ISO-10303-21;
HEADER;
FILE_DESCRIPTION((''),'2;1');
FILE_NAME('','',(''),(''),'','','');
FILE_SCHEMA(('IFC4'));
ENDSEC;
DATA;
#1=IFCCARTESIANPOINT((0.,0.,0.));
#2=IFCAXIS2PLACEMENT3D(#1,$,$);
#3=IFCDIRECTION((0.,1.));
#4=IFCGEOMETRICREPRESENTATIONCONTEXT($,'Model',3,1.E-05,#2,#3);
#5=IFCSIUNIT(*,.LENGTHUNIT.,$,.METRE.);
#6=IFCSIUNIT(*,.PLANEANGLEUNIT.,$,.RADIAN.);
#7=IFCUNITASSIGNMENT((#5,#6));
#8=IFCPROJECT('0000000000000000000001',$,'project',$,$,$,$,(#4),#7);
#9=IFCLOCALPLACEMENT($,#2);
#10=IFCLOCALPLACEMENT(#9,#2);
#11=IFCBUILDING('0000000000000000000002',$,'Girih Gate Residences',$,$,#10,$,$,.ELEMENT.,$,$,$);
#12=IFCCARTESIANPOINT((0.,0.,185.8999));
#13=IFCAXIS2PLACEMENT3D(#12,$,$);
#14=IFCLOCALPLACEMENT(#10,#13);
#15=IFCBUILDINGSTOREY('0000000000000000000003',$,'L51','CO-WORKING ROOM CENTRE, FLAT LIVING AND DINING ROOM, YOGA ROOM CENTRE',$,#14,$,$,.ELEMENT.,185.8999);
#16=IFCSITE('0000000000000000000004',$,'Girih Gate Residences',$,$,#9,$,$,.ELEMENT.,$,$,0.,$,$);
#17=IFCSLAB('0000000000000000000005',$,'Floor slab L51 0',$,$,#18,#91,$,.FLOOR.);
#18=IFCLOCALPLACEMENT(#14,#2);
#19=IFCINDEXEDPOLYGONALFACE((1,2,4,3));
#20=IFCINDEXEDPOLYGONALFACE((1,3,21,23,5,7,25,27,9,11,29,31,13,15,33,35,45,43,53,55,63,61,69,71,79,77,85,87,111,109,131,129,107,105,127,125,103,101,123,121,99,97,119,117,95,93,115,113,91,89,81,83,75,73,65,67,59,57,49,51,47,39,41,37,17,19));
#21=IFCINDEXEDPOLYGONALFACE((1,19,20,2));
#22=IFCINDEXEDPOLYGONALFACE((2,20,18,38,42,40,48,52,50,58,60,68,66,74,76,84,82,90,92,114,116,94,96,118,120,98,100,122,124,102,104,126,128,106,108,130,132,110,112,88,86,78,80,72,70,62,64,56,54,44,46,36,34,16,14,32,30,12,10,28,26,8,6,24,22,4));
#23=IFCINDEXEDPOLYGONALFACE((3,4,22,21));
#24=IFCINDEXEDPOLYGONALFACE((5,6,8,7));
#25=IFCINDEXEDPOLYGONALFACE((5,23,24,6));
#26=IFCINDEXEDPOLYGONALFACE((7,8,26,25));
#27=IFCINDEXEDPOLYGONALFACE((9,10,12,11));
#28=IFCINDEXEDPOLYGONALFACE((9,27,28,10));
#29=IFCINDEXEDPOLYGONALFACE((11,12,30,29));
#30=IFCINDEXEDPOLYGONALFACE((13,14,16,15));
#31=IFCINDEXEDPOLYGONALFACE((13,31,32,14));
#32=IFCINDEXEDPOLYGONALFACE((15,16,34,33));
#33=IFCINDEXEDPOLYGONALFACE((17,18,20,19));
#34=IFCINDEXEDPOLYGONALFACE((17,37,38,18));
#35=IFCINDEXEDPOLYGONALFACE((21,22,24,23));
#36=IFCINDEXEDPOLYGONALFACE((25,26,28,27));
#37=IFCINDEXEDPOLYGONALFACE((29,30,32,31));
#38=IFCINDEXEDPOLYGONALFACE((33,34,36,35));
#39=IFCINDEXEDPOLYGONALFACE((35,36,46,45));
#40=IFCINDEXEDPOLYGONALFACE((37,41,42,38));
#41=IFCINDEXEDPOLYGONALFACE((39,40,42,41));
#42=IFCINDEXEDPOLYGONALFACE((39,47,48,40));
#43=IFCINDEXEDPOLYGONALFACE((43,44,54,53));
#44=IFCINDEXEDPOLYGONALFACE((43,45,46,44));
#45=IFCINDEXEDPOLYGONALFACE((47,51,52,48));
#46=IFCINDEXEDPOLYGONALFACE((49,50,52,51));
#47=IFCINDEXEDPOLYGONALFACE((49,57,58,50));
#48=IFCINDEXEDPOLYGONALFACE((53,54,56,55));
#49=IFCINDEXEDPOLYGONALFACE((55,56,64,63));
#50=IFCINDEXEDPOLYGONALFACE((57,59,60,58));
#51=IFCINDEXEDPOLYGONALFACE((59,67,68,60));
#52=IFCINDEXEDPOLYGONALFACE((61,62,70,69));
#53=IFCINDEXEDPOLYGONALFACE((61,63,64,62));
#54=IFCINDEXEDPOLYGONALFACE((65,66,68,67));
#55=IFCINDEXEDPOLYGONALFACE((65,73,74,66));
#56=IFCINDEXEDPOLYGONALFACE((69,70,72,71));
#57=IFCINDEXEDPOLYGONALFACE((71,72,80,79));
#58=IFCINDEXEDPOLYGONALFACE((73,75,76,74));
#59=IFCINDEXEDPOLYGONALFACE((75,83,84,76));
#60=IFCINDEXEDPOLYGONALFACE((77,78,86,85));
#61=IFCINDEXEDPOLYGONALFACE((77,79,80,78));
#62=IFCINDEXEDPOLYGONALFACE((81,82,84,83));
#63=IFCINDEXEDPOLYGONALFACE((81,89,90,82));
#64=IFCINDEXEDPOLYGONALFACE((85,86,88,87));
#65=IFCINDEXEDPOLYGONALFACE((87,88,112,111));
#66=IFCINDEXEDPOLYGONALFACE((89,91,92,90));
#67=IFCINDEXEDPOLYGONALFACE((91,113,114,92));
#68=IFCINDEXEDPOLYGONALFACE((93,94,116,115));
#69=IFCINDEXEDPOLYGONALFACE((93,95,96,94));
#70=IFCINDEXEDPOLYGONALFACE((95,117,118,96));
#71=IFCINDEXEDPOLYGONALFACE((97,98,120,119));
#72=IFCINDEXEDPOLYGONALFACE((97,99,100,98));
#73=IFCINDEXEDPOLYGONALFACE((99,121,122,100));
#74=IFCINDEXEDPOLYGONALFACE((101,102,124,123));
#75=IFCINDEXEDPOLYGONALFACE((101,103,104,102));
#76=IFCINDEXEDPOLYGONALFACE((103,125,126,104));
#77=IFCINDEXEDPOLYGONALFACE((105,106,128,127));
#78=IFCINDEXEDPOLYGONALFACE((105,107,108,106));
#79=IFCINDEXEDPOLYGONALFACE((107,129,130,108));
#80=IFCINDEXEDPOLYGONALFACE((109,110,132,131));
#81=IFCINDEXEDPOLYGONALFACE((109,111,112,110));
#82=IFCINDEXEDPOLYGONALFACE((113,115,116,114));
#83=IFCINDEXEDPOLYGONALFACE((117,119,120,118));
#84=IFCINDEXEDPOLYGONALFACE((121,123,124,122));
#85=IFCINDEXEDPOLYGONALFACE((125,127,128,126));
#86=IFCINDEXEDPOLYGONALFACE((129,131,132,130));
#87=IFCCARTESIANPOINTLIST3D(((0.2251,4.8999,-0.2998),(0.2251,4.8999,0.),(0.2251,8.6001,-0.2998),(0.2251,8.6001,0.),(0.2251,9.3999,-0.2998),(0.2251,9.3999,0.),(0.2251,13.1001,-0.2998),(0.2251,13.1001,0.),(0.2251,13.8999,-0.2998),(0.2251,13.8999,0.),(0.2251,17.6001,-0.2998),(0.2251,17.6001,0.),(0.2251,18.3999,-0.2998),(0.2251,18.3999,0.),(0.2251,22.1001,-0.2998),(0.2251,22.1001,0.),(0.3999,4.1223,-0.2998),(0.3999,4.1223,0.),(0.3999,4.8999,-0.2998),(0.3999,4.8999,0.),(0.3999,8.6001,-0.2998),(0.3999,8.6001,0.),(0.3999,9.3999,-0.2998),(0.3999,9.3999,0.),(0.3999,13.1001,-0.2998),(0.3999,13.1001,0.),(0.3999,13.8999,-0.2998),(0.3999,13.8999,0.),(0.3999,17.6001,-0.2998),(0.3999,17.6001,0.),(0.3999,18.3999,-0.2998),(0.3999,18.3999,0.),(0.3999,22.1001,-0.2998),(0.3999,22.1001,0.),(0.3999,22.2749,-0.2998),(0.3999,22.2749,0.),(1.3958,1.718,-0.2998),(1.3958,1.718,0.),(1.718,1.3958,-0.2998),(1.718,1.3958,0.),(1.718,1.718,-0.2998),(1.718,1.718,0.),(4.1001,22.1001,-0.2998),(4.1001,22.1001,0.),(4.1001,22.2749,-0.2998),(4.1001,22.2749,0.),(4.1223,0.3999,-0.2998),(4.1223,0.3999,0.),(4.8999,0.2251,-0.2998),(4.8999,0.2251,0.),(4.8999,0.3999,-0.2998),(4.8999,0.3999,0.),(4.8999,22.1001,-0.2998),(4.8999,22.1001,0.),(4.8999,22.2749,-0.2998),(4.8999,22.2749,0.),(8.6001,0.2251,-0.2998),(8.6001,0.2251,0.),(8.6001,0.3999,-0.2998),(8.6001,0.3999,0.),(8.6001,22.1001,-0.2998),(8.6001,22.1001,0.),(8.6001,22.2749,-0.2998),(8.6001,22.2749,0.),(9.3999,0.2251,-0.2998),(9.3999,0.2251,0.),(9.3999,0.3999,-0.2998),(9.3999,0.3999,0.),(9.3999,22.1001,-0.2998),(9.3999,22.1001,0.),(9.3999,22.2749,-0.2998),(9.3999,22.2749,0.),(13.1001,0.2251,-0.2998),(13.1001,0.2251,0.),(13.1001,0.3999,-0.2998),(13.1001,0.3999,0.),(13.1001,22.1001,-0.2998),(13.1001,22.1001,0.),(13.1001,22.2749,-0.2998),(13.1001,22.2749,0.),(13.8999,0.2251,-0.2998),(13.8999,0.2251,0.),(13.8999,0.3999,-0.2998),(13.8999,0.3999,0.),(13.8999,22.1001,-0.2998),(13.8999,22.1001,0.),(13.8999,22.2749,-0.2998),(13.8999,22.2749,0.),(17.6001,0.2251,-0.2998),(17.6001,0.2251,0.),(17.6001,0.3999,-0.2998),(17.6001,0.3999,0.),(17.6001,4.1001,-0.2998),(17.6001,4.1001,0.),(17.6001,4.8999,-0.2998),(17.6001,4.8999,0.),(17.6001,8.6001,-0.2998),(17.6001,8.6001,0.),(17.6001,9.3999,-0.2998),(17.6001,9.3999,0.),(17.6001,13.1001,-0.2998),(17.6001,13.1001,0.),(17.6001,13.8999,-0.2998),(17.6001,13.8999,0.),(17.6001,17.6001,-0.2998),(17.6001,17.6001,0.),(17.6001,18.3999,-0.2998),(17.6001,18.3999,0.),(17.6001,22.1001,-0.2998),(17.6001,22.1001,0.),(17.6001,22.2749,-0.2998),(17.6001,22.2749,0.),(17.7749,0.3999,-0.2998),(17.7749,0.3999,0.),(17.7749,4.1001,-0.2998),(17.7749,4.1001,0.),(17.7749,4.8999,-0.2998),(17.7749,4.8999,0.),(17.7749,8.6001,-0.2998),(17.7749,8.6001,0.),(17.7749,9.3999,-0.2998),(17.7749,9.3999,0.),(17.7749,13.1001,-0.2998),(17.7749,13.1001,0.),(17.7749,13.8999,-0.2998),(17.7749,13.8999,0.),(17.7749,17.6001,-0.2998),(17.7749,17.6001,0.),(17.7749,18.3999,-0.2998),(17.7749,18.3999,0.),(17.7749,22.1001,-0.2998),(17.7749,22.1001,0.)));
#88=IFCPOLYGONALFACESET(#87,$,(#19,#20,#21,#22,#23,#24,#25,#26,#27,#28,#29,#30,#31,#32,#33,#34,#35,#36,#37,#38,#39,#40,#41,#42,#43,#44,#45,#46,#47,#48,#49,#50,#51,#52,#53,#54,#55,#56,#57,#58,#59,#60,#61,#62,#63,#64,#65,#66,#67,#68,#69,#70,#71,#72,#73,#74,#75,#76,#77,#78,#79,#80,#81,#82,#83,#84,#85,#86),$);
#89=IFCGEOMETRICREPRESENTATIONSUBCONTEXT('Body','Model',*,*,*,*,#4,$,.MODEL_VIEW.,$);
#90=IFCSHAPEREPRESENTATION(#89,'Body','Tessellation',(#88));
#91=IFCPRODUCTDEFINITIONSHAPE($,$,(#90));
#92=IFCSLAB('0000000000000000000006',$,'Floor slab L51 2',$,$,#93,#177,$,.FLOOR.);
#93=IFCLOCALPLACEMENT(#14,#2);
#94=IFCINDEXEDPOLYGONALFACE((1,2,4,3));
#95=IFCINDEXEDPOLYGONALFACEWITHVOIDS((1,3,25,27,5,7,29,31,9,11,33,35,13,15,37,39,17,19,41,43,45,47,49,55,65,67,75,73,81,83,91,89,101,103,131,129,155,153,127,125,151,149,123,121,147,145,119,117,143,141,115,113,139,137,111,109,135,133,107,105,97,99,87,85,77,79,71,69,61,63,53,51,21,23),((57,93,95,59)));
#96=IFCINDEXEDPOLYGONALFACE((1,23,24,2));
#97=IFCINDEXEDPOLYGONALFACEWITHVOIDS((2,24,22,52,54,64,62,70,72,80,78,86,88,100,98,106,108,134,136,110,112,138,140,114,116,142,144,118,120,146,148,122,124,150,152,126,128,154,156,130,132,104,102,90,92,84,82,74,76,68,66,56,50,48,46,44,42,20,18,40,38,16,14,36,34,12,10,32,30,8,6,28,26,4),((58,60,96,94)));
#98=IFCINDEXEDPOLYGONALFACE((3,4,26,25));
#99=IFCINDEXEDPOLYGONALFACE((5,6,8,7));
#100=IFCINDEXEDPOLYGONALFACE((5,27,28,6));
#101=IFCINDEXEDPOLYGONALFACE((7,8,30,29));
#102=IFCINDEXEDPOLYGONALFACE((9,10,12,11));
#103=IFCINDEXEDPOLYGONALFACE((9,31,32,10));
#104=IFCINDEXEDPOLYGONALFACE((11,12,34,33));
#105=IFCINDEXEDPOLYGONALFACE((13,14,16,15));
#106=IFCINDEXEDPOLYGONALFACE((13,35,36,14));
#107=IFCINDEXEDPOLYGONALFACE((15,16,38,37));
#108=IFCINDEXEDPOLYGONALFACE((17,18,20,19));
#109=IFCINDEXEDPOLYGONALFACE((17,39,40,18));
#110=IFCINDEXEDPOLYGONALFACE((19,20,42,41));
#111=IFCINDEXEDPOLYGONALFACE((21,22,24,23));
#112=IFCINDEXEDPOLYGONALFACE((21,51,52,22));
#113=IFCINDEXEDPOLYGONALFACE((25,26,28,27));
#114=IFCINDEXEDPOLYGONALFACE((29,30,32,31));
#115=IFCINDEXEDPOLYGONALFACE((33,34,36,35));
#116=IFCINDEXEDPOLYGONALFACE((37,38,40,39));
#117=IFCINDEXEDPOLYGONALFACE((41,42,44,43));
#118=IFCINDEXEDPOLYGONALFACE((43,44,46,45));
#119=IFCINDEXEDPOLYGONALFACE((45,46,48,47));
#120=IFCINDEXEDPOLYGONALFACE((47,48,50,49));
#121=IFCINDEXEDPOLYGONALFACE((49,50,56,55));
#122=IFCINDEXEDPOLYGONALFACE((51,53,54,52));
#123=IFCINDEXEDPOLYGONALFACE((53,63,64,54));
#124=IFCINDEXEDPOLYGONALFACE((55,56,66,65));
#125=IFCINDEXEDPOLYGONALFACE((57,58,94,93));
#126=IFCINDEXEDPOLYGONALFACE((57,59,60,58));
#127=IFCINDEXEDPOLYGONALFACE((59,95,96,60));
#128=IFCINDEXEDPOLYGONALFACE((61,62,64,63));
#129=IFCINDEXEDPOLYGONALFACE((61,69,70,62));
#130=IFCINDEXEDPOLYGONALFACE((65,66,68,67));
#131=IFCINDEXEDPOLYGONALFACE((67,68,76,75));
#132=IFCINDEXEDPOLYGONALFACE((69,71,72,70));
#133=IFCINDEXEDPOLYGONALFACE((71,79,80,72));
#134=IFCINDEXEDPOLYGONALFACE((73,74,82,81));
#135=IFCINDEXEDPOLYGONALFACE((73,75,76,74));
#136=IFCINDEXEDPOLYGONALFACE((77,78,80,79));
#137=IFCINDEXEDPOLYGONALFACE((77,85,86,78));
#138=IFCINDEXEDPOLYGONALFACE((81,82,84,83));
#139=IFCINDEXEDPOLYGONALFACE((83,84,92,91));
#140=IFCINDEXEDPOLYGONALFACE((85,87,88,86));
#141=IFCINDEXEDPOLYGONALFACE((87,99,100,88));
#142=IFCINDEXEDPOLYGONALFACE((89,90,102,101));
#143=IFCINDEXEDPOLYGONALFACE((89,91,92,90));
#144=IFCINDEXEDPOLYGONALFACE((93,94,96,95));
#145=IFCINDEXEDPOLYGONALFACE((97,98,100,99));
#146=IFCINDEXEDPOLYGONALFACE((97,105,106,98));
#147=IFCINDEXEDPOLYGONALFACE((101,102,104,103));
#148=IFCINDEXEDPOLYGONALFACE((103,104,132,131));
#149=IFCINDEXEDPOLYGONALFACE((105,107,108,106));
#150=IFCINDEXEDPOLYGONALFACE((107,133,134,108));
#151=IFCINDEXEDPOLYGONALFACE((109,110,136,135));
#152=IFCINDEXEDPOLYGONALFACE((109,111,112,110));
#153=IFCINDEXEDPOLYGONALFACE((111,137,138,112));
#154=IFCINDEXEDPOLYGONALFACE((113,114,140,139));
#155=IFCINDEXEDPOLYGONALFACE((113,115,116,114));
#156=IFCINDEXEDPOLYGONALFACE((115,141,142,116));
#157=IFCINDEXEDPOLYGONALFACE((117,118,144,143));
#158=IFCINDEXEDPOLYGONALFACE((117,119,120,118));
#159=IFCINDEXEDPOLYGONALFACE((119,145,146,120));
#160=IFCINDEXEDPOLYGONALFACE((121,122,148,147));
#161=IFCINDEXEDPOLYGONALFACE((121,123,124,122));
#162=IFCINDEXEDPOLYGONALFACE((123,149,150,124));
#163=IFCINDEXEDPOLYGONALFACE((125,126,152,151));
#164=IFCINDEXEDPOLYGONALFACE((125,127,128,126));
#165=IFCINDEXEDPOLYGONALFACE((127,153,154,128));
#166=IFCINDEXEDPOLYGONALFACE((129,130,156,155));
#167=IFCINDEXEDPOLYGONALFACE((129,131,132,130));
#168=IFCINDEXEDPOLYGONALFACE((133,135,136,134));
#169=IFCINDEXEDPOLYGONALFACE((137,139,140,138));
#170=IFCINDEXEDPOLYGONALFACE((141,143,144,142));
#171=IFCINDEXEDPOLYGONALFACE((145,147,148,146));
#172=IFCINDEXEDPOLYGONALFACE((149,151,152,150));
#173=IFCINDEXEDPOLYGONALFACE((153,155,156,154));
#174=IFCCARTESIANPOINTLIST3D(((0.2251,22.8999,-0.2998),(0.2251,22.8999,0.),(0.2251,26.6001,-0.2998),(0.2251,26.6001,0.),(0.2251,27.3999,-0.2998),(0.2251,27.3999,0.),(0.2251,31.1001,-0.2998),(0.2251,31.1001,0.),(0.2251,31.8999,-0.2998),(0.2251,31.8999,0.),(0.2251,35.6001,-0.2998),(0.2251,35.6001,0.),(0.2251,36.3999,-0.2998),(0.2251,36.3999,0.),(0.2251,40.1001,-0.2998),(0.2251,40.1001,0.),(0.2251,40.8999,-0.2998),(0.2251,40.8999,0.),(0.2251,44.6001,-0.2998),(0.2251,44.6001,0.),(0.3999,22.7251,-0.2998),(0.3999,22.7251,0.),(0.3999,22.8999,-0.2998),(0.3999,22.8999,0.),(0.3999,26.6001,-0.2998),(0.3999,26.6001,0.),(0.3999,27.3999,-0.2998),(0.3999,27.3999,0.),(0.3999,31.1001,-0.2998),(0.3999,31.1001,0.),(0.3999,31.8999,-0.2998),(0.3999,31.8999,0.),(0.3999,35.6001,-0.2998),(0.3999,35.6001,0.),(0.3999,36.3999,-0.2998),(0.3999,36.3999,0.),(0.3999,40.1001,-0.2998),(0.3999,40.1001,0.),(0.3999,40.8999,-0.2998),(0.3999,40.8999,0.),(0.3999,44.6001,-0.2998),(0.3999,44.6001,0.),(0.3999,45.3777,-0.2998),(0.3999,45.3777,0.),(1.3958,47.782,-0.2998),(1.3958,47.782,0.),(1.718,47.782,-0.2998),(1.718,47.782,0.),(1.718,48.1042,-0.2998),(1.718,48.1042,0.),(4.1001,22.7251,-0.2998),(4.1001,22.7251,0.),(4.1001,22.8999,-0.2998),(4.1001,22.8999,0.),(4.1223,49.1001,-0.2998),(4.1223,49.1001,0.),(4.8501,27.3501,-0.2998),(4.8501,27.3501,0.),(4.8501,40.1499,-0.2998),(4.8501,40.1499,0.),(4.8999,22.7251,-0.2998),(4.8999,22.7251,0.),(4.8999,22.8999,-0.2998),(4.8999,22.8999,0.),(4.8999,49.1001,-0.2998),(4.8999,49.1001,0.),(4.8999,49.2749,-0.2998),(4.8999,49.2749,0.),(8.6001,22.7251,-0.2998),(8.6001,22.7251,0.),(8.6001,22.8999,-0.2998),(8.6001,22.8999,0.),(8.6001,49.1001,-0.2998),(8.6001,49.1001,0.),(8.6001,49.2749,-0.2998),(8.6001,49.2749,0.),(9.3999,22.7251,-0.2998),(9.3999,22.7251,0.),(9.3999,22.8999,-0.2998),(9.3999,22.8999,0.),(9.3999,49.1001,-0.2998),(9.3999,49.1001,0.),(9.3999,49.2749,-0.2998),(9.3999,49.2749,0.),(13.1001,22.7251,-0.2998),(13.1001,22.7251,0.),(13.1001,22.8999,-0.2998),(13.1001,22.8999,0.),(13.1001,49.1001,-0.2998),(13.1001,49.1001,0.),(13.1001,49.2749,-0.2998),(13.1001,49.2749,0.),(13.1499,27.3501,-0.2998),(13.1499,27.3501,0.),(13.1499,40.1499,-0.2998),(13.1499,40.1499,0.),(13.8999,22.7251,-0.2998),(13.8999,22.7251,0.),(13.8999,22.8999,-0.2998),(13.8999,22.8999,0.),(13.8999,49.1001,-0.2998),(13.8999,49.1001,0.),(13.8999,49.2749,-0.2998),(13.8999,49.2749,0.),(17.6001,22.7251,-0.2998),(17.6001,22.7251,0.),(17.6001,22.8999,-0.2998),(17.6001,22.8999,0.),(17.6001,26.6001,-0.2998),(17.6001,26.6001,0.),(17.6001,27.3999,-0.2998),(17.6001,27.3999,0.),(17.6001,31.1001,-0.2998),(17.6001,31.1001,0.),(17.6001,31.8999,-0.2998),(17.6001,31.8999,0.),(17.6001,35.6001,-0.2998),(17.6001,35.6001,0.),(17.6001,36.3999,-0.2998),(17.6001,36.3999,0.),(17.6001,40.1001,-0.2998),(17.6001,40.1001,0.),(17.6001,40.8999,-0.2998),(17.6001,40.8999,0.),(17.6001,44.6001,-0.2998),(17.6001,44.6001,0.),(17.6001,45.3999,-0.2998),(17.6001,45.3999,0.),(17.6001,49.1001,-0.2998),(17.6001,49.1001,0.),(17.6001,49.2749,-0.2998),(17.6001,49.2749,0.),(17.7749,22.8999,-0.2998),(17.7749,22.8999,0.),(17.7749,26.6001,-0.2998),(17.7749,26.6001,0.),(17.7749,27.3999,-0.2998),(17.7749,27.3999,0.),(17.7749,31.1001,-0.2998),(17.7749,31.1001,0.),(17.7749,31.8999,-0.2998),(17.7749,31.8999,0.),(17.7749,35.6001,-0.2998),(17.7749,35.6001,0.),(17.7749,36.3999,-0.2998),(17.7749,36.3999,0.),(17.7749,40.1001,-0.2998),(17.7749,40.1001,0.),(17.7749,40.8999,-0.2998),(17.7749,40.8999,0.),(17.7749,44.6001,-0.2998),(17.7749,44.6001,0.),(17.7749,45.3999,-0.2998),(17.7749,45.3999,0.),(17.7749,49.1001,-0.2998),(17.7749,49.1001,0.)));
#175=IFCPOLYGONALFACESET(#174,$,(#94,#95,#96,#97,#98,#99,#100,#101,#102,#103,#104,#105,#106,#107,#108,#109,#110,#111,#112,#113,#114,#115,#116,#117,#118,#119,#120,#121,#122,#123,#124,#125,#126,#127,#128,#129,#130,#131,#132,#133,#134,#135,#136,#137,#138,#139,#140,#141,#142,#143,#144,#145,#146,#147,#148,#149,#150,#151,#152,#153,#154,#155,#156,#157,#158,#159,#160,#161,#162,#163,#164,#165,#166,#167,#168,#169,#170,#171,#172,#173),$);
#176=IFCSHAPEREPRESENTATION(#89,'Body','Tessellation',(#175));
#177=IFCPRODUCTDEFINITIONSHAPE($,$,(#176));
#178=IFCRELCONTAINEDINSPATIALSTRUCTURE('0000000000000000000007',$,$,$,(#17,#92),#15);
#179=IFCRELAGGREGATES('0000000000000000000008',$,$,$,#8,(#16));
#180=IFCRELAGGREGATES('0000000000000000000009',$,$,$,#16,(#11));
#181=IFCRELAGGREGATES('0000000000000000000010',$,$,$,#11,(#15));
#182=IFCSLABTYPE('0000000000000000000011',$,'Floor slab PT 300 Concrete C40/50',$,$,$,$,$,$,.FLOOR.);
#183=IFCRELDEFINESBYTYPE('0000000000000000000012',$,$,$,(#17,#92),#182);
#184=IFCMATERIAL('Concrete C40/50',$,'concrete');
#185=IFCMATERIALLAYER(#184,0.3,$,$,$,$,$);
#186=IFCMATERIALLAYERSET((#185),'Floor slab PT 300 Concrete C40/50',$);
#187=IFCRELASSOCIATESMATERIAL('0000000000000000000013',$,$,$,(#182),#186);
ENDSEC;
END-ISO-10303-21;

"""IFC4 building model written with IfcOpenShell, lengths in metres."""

from ifc_helpers import new_model, si_unit, direction, frame, origin, place, context, subcontext, project, spatial, polyline, outline, extrude, material, layer, layer_set, type_object, element, save


model = new_model("IFC4")

# Units and contexts
model_context = context("Model", 3, precision=1e-05, world=origin(), true_north=direction((0.0, 1.0)))
body_context = subcontext(model_context, "Body", "Model", "MODEL_VIEW")
ifc_project = project(units=[si_unit("LENGTHUNIT", "METRE"), si_unit("PLANEANGLEUNIT", "RADIAN")], contexts=[model_context])

# Site, building, storey
site_placement = place(None, origin())
site = spatial("IfcSite", under=ifc_project, at=site_placement, Name="Girih Gate Residences", CompositionType="ELEMENT", RefElevation=0.0)
building_placement = place(site_placement, origin())
building = spatial("IfcBuilding", under=site, at=building_placement, Name="Girih Gate Residences", CompositionType="ELEMENT")
storey_placement = place(building_placement, frame((0.0, 0.0, 185.8999)))
storey = spatial("IfcBuildingStorey", under=building, at=storey_placement, Name="L51", Description="CO-WORKING ROOM CENTRE, FLAT LIVING AND DINING ROOM, YOGA ROOM CENTRE", CompositionType="ELEMENT", Elevation=185.8999)

# Slabs
ifc_material_1 = material(Name="Concrete C40/50", Category="concrete")
ifc_layer_1 = layer(ifc_material_1, 0.3)
ifc_layer_set_1 = layer_set([ifc_layer_1], Name="Floor slab PT 300 Concrete C40/50")
slab_type_1 = type_object("IfcSlabType", Name="Floor slab PT 300 Concrete C40/50", PredefinedType="FLOOR", material=ifc_layer_set_1)
slab_1_placement = place(storey_placement, frame((0.0, 0.0, -0.2998)))
element("IfcSlab", 1, at=slab_1_placement, inside=storey, type_object=slab_type_1, Name="Floor slab L51 0", PredefinedType="FLOOR", context=body_context, shape_type="SweptSolid", body=[
    extrude(outline(polyline([(13.8999, 0.2251), (17.6001, 0.2251), (17.6001, 0.3999), (17.7749, 0.3999), (17.7749, 4.1001), (17.6001, 4.1001), (17.6001, 4.8999), (17.7749, 4.8999), (17.7749, 8.6001), (17.6001, 8.6001), (17.6001, 9.3999), (17.7749, 9.3999), (17.7749, 13.1001), (17.6001, 13.1001), (17.6001, 13.8999), (17.7749, 13.8999), (17.7749, 17.6001), (17.6001, 17.6001), (17.6001, 18.3999), (17.7749, 18.3999), (17.7749, 22.1001), (17.6001, 22.1001), (17.6001, 22.2749), (13.8999, 22.2749), (13.8999, 22.1001), (13.1001, 22.1001), (13.1001, 22.2749), (9.3999, 22.2749), (9.3999, 22.1001), (8.6001, 22.1001), (8.6001, 22.2749), (4.8999, 22.2749), (4.8999, 22.1001), (4.1001, 22.1001), (4.1001, 22.2749), (0.3999, 22.2749), (0.3999, 22.1001), (0.2251, 22.1001), (0.2251, 18.3999), (0.3999, 18.3999), (0.3999, 17.6001), (0.2251, 17.6001), (0.2251, 13.8999), (0.3999, 13.8999), (0.3999, 13.1001), (0.2251, 13.1001), (0.2251, 9.3999), (0.3999, 9.3999), (0.3999, 8.6001), (0.2251, 8.6001), (0.2251, 4.8999), (0.3999, 4.8999), (0.3999, 4.1223), (1.3958, 1.718), (1.718, 1.718), (1.718, 1.3958), (4.1223, 0.3999), (4.8999, 0.3999), (4.8999, 0.2251), (8.6001, 0.2251), (8.6001, 0.3999), (9.3999, 0.3999), (9.3999, 0.2251), (13.1001, 0.2251), (13.1001, 0.3999), (13.8999, 0.3999), (13.8999, 0.2251)])), origin(), (0.0, 0.0, 1.0), 0.2998),
])
slab_2_placement = place(storey_placement, frame((0.0, 0.0, -0.2998)))
element("IfcSlab", 2, at=slab_2_placement, inside=storey, type_object=slab_type_1, Name="Floor slab L51 2", PredefinedType="FLOOR", context=body_context, shape_type="SweptSolid", body=[
    extrude(outline(polyline([(0.2251, 26.6001), (0.2251, 22.8999), (0.3999, 22.8999), (0.3999, 22.7251), (4.1001, 22.7251), (4.1001, 22.8999), (4.8999, 22.8999), (4.8999, 22.7251), (8.6001, 22.7251), (8.6001, 22.8999), (9.3999, 22.8999), (9.3999, 22.7251), (13.1001, 22.7251), (13.1001, 22.8999), (13.8999, 22.8999), (13.8999, 22.7251), (17.6001, 22.7251), (17.6001, 22.8999), (17.7749, 22.8999), (17.7749, 26.6001), (17.6001, 26.6001), (17.6001, 27.3999), (17.7749, 27.3999), (17.7749, 31.1001), (17.6001, 31.1001), (17.6001, 31.8999), (17.7749, 31.8999), (17.7749, 35.6001), (17.6001, 35.6001), (17.6001, 36.3999), (17.7749, 36.3999), (17.7749, 40.1001), (17.6001, 40.1001), (17.6001, 40.8999), (17.7749, 40.8999), (17.7749, 44.6001), (17.6001, 44.6001), (17.6001, 45.3999), (17.7749, 45.3999), (17.7749, 49.1001), (17.6001, 49.1001), (17.6001, 49.2749), (13.8999, 49.2749), (13.8999, 49.1001), (13.1001, 49.1001), (13.1001, 49.2749), (9.3999, 49.2749), (9.3999, 49.1001), (8.6001, 49.1001), (8.6001, 49.2749), (4.8999, 49.2749), (4.8999, 49.1001), (4.1223, 49.1001), (1.718, 48.1042), (1.718, 47.782), (1.3958, 47.782), (0.3999, 45.3777), (0.3999, 44.6001), (0.2251, 44.6001), (0.2251, 40.8999), (0.3999, 40.8999), (0.3999, 40.1001), (0.2251, 40.1001), (0.2251, 36.3999), (0.3999, 36.3999), (0.3999, 35.6001), (0.2251, 35.6001), (0.2251, 31.8999), (0.3999, 31.8999), (0.3999, 31.1001), (0.2251, 31.1001), (0.2251, 27.3999), (0.3999, 27.3999), (0.3999, 26.6001), (0.2251, 26.6001)]), holes=[polyline([(13.1499, 40.1499), (13.1499, 27.3501), (4.8501, 27.3501), (4.8501, 40.1499), (13.1499, 40.1499)])]), origin(), (0.0, 0.0, 1.0), 0.2998),
])

save(model, "model.ifc")
